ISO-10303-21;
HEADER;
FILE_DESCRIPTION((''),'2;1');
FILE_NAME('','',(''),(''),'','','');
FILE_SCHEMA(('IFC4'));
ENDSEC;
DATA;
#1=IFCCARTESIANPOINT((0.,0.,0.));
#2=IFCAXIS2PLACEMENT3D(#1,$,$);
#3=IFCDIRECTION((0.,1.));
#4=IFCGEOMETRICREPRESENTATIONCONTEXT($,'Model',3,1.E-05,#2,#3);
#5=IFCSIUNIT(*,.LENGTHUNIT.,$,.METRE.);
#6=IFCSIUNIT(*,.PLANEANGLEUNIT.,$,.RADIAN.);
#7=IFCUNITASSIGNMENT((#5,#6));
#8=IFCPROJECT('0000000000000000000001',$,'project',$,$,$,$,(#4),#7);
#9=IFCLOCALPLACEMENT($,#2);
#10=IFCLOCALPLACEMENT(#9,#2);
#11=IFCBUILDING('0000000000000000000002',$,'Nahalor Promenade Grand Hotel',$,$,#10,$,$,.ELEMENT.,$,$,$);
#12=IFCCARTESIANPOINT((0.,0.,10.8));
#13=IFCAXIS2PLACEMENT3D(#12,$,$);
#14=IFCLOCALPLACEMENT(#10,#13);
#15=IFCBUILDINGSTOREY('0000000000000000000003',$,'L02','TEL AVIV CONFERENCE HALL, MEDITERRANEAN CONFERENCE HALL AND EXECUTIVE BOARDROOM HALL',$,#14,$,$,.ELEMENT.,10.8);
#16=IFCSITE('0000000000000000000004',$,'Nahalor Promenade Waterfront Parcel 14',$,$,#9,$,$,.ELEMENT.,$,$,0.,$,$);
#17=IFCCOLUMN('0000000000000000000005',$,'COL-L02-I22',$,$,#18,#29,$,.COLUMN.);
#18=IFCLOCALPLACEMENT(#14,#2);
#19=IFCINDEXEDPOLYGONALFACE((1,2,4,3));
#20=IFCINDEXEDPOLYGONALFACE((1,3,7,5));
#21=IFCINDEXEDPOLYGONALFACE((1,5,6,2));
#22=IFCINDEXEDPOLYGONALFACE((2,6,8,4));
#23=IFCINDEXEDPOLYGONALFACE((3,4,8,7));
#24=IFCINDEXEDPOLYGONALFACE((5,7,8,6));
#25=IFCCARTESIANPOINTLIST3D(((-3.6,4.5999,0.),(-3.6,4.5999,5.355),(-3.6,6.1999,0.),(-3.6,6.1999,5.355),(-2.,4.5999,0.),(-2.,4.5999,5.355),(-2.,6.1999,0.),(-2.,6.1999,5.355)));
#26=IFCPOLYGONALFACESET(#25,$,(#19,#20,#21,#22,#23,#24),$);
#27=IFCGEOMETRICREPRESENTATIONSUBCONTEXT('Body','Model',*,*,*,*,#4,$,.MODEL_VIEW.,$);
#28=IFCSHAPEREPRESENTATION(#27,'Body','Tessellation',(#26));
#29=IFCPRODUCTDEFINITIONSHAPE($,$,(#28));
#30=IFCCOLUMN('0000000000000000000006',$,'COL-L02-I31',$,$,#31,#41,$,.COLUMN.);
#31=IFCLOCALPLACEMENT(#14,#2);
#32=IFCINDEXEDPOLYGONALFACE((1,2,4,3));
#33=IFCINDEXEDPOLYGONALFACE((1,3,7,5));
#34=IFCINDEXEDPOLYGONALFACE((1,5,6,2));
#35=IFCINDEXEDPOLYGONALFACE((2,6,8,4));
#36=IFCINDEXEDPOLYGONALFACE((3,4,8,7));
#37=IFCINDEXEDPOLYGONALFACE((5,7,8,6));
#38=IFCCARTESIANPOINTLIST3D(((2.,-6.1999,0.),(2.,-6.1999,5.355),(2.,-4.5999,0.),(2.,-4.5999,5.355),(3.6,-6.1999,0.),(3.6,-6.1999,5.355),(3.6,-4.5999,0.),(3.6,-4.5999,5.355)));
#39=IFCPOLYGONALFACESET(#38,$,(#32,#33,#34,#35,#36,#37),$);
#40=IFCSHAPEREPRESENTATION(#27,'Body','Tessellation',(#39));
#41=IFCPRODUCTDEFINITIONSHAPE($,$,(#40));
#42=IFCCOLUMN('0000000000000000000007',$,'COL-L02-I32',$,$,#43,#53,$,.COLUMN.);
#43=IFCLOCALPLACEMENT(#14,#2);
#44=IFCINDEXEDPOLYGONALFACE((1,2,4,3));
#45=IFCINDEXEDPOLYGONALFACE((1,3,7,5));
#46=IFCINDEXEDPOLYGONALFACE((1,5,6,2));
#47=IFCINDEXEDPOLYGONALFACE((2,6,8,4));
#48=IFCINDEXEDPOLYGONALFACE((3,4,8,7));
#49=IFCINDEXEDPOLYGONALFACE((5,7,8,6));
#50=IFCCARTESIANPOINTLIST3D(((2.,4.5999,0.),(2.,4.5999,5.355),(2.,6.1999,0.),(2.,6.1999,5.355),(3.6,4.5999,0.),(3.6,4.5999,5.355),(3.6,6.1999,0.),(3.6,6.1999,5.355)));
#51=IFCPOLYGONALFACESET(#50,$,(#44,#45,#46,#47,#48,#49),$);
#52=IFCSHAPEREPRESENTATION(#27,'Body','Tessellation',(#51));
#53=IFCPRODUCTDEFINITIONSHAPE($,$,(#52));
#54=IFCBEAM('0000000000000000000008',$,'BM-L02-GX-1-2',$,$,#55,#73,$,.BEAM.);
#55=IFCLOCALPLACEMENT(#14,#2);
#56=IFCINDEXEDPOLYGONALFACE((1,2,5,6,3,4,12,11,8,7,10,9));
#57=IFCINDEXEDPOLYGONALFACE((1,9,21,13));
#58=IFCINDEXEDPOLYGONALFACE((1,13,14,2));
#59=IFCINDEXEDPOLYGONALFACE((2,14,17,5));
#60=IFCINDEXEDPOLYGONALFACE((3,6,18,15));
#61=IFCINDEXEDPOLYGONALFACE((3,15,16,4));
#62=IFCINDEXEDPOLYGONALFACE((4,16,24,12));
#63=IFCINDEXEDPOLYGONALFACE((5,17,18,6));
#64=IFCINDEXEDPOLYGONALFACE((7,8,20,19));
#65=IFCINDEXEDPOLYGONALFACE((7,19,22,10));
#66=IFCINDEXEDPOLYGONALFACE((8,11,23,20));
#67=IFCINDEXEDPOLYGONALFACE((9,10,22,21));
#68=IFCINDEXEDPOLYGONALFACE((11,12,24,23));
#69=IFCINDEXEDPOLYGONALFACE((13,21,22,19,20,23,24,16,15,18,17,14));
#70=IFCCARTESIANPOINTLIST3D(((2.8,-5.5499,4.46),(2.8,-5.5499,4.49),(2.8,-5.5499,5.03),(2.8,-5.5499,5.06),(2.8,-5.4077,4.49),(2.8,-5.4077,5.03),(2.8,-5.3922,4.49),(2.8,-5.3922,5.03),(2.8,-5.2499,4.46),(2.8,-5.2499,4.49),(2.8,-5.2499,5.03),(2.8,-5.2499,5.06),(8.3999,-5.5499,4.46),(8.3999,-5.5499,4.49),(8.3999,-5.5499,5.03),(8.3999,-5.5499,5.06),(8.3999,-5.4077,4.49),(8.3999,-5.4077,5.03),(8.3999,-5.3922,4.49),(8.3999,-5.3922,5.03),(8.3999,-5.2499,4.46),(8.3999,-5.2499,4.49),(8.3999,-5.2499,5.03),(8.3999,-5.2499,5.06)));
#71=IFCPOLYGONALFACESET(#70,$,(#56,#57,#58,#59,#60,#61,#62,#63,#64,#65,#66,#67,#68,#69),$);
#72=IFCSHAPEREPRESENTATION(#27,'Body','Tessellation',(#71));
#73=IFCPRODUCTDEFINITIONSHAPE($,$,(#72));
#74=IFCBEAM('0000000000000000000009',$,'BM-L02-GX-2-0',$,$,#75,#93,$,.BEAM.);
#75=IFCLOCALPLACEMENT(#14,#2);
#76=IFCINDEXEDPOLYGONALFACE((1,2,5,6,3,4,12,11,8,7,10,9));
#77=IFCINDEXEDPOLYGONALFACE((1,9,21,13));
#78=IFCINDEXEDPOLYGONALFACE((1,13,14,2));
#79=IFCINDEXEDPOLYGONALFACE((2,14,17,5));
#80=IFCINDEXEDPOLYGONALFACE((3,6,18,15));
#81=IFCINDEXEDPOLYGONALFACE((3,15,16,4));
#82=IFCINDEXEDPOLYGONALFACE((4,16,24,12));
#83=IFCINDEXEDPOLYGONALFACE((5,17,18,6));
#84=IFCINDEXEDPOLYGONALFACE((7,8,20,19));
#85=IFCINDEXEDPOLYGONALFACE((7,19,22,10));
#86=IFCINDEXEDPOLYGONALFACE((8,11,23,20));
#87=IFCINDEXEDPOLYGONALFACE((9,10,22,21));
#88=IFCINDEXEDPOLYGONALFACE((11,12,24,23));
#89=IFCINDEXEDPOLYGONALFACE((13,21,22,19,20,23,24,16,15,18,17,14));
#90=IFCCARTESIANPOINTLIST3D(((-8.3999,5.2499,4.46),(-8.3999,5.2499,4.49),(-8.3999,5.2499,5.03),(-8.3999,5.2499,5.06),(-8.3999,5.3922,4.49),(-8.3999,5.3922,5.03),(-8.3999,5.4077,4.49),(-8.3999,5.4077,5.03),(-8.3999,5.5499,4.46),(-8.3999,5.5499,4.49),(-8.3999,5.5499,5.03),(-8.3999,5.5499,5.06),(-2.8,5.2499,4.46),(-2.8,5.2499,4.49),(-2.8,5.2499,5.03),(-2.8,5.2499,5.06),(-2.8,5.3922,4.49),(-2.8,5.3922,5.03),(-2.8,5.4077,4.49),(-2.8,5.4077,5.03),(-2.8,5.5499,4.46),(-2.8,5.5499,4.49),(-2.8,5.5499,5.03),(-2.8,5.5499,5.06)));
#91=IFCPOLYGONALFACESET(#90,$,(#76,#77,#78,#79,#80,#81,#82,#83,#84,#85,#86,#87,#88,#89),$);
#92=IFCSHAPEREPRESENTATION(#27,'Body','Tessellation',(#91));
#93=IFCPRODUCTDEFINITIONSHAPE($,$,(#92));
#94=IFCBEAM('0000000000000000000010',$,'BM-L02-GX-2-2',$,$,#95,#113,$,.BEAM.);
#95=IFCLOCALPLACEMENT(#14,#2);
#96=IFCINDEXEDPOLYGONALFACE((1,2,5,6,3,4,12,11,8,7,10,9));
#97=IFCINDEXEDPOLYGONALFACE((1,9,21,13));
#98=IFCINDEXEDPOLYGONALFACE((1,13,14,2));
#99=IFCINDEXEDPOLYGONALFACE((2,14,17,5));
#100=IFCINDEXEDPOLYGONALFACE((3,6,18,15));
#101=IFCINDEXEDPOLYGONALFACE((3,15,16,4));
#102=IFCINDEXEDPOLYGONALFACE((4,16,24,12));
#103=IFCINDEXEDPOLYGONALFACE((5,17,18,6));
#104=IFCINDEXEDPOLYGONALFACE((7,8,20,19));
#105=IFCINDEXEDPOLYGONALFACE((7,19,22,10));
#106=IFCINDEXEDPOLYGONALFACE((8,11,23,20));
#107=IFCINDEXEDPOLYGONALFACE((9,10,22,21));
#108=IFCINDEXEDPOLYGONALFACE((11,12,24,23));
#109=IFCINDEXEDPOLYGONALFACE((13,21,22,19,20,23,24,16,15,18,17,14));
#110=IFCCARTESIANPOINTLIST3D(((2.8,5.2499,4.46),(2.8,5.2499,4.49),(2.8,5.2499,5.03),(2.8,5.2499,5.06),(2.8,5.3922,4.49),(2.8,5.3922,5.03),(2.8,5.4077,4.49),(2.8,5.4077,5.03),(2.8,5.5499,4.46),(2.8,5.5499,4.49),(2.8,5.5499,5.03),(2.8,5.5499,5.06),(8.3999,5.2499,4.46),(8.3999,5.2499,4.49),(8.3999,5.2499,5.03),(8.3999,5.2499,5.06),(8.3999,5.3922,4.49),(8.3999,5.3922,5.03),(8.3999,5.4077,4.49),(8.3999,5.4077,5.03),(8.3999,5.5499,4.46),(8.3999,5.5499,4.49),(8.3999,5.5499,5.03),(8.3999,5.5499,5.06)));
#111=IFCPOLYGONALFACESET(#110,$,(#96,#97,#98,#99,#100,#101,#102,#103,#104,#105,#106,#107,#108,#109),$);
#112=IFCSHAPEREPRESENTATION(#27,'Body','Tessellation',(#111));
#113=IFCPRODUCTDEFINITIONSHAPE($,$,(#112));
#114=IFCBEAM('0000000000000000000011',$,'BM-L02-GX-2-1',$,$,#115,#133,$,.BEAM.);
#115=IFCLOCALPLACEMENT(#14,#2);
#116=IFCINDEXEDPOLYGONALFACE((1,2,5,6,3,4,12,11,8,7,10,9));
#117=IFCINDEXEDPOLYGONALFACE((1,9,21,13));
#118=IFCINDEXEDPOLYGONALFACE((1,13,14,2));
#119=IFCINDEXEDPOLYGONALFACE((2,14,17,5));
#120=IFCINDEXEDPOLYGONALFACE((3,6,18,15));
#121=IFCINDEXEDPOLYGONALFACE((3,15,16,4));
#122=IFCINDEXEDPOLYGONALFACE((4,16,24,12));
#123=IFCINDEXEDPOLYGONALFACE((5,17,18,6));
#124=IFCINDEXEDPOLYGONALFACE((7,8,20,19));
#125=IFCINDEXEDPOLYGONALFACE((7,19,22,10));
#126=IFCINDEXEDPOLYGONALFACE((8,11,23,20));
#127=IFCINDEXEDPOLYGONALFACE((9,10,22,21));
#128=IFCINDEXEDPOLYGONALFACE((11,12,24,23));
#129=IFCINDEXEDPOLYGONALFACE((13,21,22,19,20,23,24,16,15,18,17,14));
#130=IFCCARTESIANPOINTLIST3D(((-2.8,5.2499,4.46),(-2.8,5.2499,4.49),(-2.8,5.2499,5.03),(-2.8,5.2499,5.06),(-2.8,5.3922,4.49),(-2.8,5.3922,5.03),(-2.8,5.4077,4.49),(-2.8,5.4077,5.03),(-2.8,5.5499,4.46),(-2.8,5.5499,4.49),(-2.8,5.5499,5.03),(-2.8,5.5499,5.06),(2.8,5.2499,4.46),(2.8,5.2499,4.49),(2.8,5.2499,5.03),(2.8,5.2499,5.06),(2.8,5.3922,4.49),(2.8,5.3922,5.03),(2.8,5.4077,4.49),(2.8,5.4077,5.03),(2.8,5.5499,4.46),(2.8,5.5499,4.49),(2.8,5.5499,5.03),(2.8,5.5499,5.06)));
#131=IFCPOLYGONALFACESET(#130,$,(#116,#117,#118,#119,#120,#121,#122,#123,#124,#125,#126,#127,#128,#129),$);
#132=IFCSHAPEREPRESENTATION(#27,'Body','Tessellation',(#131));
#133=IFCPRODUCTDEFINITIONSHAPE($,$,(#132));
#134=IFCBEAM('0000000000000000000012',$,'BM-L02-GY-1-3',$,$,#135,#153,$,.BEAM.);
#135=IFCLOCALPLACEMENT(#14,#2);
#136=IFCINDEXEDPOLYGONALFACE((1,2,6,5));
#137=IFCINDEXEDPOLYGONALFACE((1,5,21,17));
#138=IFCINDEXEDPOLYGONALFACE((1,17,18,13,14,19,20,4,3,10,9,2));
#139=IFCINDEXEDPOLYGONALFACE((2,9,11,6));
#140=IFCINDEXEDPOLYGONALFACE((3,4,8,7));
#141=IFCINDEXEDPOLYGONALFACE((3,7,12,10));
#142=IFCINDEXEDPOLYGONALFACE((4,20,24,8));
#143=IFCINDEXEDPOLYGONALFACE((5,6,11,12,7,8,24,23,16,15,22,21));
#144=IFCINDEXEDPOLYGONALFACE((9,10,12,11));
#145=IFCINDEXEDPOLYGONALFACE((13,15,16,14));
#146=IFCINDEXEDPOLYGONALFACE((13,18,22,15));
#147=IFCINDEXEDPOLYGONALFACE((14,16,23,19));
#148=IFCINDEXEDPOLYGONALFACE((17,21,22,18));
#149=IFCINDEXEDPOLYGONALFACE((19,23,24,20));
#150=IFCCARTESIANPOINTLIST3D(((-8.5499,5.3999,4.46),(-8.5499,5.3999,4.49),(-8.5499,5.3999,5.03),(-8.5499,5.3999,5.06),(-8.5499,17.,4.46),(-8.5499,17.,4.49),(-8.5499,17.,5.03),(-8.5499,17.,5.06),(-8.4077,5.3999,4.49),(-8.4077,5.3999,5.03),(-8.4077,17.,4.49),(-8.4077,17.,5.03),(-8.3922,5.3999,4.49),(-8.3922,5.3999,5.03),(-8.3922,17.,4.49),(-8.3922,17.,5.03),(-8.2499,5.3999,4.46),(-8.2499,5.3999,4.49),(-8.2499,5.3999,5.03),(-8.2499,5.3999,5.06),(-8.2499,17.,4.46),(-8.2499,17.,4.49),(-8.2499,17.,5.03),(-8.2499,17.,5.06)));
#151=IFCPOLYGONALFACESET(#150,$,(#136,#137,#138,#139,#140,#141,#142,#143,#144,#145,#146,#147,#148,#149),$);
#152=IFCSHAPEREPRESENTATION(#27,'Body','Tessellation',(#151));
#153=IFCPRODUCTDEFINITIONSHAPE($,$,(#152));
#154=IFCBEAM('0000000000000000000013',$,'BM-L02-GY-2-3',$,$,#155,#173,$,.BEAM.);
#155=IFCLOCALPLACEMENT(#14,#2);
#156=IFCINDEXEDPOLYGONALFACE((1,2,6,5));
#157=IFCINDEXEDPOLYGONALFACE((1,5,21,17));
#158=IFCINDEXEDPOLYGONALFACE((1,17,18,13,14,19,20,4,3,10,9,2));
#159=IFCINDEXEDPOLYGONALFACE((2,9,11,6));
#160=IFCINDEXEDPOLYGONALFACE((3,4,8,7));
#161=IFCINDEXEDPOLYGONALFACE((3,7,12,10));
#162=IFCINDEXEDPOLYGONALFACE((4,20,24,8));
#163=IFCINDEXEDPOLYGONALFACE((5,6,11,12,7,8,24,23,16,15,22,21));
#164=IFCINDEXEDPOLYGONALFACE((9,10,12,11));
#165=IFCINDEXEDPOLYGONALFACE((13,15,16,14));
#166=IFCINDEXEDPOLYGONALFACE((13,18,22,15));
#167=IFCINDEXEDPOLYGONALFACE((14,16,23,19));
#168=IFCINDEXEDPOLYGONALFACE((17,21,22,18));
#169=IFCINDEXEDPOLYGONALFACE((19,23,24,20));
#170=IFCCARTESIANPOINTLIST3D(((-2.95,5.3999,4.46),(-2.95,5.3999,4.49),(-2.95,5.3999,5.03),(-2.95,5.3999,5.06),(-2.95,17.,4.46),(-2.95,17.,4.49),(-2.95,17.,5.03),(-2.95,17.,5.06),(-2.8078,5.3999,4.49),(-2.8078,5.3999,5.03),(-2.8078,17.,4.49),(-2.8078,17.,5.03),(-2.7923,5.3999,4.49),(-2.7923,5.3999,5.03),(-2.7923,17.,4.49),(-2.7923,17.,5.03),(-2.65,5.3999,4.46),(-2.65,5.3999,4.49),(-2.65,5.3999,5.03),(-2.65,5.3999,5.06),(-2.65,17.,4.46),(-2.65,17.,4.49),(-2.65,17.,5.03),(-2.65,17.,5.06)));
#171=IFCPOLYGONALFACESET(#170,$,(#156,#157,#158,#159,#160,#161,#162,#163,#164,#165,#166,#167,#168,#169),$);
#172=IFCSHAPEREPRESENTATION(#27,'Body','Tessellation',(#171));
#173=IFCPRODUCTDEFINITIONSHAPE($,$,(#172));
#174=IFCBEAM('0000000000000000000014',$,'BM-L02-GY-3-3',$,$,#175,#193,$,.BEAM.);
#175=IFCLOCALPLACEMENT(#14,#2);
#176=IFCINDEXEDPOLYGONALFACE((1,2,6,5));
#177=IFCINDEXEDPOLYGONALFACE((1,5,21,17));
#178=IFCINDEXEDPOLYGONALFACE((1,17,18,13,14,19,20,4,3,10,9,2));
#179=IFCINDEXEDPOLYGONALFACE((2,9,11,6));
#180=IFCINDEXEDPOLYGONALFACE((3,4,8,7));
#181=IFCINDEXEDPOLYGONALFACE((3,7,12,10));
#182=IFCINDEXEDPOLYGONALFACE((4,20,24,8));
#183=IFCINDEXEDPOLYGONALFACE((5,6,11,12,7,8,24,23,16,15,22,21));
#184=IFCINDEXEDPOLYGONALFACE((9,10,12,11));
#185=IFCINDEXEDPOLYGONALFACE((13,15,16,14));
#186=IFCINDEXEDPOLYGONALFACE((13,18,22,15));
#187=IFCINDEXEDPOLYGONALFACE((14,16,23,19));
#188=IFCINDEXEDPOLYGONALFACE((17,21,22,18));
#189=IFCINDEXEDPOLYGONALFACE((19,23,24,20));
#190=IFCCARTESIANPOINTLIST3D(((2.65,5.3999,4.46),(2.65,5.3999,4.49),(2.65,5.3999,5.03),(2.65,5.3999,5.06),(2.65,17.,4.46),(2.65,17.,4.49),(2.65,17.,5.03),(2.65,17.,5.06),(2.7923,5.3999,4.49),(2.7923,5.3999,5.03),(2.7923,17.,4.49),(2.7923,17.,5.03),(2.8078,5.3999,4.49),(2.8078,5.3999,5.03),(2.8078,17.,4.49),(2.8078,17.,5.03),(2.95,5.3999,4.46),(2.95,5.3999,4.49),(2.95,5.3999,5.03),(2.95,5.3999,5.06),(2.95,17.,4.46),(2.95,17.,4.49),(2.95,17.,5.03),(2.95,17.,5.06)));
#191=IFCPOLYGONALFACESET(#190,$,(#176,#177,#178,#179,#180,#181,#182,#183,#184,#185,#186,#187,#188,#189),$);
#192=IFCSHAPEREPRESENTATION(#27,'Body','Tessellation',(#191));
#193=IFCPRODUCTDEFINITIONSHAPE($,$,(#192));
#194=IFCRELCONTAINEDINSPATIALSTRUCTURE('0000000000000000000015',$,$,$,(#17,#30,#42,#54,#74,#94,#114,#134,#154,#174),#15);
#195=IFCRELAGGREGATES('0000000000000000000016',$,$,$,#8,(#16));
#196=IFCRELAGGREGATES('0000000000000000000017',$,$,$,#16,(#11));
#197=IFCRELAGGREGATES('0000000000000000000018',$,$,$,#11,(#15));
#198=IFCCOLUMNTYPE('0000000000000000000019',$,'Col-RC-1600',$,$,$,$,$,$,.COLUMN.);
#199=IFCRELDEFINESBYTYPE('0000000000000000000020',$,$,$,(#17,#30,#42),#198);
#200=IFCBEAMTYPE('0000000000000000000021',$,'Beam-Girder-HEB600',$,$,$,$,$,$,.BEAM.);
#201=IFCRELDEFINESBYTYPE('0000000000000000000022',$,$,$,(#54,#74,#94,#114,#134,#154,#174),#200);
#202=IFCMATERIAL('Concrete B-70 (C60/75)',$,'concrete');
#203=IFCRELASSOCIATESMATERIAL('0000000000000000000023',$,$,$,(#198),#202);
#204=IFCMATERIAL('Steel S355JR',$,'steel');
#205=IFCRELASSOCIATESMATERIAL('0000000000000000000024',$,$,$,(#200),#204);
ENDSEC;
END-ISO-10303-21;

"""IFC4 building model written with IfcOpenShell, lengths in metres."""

from ifc_helpers import new_model, si_unit, direction, frame, origin, origin_2d, place, context, subcontext, project, spatial, rectangle, i_section, extrude, source, transform, mapped, material, material_profile, profile_set, type_object, element, save


model = new_model("IFC4")

# Units and contexts
model_context = context("Model", 3, precision=1e-05, world=origin(), true_north=direction((0.0, 1.0)))
body_context = subcontext(model_context, "Body", "Model", "MODEL_VIEW")
ifc_project = project(units=[si_unit("LENGTHUNIT", "METRE"), si_unit("PLANEANGLEUNIT", "RADIAN")], contexts=[model_context])

# Site, building, storey
site_placement = place(None, origin())
site = spatial("IfcSite", under=ifc_project, at=site_placement, Name="Nahalor Promenade Waterfront Parcel 14", CompositionType="ELEMENT", RefElevation=0.0)
building_placement = place(site_placement, origin())
building = spatial("IfcBuilding", under=site, at=building_placement, Name="Nahalor Promenade Grand Hotel", CompositionType="ELEMENT")
storey_placement = place(building_placement, frame((0.0, 0.0, 10.8)))
storey = spatial("IfcBuildingStorey", under=building, at=storey_placement, Name="L02", Description="TEL AVIV CONFERENCE HALL, MEDITERRANEAN CONFERENCE HALL AND EXECUTIVE BOARDROOM HALL", CompositionType="ELEMENT", Elevation=10.8)

# Columns
ifc_material_1 = material(Name="Concrete B-70 (C60/75)", Category="concrete")
ifc_material_profile_1 = material_profile(ifc_material_1, rectangle(XDim=1.6, YDim=1.6, at=origin_2d()), Name="RC 1600x1600")
ifc_profile_set_1 = profile_set([ifc_material_profile_1], Name="Concrete B-70 (C60/75)")
column_type = type_object("IfcColumnType", Name="Col-RC-1600", PredefinedType="COLUMN", material=ifc_profile_set_1)
shared_shape_1 = source(origin(), body_context, "Body", "SweptSolid", [
    extrude(rectangle(XDim=1.6, YDim=1.6, at=origin_2d()), origin(), (0.0, 0.0, 1.0), 5.355),
])
for number, where, z_axis, x_axis, name in (
    (1, (-2.8, 5.3999, 0.0), (0.0, 0.0, 1.0), (1.0, 0.0, 0.0), "COL-L02-I22"),
    (2, (2.8, -5.3999, 0.0), (0.0, 0.0, 1.0), (1.0, 0.0, 0.0), "COL-L02-I31"),
    (3, (2.8, 5.3999, 0.0), (0.0, 0.0, 1.0), (1.0, 0.0, 0.0), "COL-L02-I32"),
):
    element("IfcColumn", number, at=place(storey_placement, frame(where, z_axis=z_axis, x_axis=x_axis)), inside=storey, type_object=column_type, Name=name, PredefinedType="COLUMN", context=body_context, shape_type="MappedRepresentation", body=[
        mapped(shared_shape_1, transform((0.0, 0.0, 0.0), scale=1.0)),
    ])

# Beams
ifc_material_2 = material(Name="Steel S355JR", Category="steel")
ifc_material_profile_2 = material_profile(ifc_material_2, i_section(OverallWidth=0.3, OverallDepth=0.6, WebThickness=0.0155, FlangeThickness=0.03, at=origin_2d()), Name="HEB 600")
ifc_profile_set_2 = profile_set([ifc_material_profile_2], Name="Steel S355JR")
beam_type = type_object("IfcBeamType", Name="Beam-Girder-HEB600", PredefinedType="BEAM", material=ifc_profile_set_2)
shared_shape_2 = source(origin(), body_context, "Body", "SweptSolid", [
    extrude(i_section(OverallWidth=0.3, OverallDepth=0.6, WebThickness=0.0155, FlangeThickness=0.03, at=origin_2d()), origin(), (0.0, 0.0, 1.0), 5.5999),
])
for number, where, z_axis, x_axis, name in (
    (4, (2.8, -5.3999, 4.76), (1.0, 0.0, 0.0), (0.0, 1.0, 0.0), "BM-L02-GX-1-2"),
    (5, (-8.3999, 5.3999, 4.76), (1.0, 0.0, 0.0), (0.0, 1.0, 0.0), "BM-L02-GX-2-0"),
    (6, (2.8, 5.3999, 4.76), (1.0, 0.0, 0.0), (0.0, 1.0, 0.0), "BM-L02-GX-2-2"),
):
    element("IfcBeam", number, at=place(storey_placement, frame(where, z_axis=z_axis, x_axis=x_axis)), inside=storey, type_object=beam_type, Name=name, PredefinedType="BEAM", context=body_context, shape_type="MappedRepresentation", body=[
        mapped(shared_shape_2, transform((0.0, 0.0, 0.0), scale=1.0)),
    ])
shared_shape_3 = source(origin(), body_context, "Body", "SweptSolid", [
    extrude(i_section(OverallWidth=0.3, OverallDepth=0.6, WebThickness=0.0155, FlangeThickness=0.03, at=origin_2d()), origin(), (0.0, 0.0, 1.0), 5.6001),
])
beam_placement = place(storey_placement, frame((-2.8, 5.3999, 4.76), z_axis=(1.0, 0.0, 0.0), x_axis=(0.0, 1.0, 0.0)))
element("IfcBeam", 7, at=beam_placement, inside=storey, type_object=beam_type, Name="BM-L02-GX-2-1", PredefinedType="BEAM", context=body_context, shape_type="MappedRepresentation", body=[
    mapped(shared_shape_3, transform((0.0, 0.0, 0.0), scale=1.0)),
])
shared_shape_4 = source(origin(), body_context, "Body", "SweptSolid", [
    extrude(i_section(OverallWidth=0.3, OverallDepth=0.6, WebThickness=0.0155, FlangeThickness=0.03, at=origin_2d()), origin(), (0.0, 0.0, 1.0), 11.6001),
])
for number, where, z_axis, x_axis, name in (
    (8, (-8.3999, 5.3999, 4.76), (0.0, 1.0, 0.0), (-1.0, 0.0, 0.0), "BM-L02-GY-1-3"),
    (9, (-2.8, 5.3999, 4.76), (0.0, 1.0, 0.0), (-1.0, 0.0, 0.0), "BM-L02-GY-2-3"),
    (10, (2.8, 5.3999, 4.76), (0.0, 1.0, 0.0), (-1.0, 0.0, 0.0), "BM-L02-GY-3-3"),
):
    element("IfcBeam", number, at=place(storey_placement, frame(where, z_axis=z_axis, x_axis=x_axis)), inside=storey, type_object=beam_type, Name=name, PredefinedType="BEAM", context=body_context, shape_type="MappedRepresentation", body=[
        mapped(shared_shape_4, transform((0.0, 0.0, 0.0), scale=1.0)),
    ])

save(model, "model.ifc")
